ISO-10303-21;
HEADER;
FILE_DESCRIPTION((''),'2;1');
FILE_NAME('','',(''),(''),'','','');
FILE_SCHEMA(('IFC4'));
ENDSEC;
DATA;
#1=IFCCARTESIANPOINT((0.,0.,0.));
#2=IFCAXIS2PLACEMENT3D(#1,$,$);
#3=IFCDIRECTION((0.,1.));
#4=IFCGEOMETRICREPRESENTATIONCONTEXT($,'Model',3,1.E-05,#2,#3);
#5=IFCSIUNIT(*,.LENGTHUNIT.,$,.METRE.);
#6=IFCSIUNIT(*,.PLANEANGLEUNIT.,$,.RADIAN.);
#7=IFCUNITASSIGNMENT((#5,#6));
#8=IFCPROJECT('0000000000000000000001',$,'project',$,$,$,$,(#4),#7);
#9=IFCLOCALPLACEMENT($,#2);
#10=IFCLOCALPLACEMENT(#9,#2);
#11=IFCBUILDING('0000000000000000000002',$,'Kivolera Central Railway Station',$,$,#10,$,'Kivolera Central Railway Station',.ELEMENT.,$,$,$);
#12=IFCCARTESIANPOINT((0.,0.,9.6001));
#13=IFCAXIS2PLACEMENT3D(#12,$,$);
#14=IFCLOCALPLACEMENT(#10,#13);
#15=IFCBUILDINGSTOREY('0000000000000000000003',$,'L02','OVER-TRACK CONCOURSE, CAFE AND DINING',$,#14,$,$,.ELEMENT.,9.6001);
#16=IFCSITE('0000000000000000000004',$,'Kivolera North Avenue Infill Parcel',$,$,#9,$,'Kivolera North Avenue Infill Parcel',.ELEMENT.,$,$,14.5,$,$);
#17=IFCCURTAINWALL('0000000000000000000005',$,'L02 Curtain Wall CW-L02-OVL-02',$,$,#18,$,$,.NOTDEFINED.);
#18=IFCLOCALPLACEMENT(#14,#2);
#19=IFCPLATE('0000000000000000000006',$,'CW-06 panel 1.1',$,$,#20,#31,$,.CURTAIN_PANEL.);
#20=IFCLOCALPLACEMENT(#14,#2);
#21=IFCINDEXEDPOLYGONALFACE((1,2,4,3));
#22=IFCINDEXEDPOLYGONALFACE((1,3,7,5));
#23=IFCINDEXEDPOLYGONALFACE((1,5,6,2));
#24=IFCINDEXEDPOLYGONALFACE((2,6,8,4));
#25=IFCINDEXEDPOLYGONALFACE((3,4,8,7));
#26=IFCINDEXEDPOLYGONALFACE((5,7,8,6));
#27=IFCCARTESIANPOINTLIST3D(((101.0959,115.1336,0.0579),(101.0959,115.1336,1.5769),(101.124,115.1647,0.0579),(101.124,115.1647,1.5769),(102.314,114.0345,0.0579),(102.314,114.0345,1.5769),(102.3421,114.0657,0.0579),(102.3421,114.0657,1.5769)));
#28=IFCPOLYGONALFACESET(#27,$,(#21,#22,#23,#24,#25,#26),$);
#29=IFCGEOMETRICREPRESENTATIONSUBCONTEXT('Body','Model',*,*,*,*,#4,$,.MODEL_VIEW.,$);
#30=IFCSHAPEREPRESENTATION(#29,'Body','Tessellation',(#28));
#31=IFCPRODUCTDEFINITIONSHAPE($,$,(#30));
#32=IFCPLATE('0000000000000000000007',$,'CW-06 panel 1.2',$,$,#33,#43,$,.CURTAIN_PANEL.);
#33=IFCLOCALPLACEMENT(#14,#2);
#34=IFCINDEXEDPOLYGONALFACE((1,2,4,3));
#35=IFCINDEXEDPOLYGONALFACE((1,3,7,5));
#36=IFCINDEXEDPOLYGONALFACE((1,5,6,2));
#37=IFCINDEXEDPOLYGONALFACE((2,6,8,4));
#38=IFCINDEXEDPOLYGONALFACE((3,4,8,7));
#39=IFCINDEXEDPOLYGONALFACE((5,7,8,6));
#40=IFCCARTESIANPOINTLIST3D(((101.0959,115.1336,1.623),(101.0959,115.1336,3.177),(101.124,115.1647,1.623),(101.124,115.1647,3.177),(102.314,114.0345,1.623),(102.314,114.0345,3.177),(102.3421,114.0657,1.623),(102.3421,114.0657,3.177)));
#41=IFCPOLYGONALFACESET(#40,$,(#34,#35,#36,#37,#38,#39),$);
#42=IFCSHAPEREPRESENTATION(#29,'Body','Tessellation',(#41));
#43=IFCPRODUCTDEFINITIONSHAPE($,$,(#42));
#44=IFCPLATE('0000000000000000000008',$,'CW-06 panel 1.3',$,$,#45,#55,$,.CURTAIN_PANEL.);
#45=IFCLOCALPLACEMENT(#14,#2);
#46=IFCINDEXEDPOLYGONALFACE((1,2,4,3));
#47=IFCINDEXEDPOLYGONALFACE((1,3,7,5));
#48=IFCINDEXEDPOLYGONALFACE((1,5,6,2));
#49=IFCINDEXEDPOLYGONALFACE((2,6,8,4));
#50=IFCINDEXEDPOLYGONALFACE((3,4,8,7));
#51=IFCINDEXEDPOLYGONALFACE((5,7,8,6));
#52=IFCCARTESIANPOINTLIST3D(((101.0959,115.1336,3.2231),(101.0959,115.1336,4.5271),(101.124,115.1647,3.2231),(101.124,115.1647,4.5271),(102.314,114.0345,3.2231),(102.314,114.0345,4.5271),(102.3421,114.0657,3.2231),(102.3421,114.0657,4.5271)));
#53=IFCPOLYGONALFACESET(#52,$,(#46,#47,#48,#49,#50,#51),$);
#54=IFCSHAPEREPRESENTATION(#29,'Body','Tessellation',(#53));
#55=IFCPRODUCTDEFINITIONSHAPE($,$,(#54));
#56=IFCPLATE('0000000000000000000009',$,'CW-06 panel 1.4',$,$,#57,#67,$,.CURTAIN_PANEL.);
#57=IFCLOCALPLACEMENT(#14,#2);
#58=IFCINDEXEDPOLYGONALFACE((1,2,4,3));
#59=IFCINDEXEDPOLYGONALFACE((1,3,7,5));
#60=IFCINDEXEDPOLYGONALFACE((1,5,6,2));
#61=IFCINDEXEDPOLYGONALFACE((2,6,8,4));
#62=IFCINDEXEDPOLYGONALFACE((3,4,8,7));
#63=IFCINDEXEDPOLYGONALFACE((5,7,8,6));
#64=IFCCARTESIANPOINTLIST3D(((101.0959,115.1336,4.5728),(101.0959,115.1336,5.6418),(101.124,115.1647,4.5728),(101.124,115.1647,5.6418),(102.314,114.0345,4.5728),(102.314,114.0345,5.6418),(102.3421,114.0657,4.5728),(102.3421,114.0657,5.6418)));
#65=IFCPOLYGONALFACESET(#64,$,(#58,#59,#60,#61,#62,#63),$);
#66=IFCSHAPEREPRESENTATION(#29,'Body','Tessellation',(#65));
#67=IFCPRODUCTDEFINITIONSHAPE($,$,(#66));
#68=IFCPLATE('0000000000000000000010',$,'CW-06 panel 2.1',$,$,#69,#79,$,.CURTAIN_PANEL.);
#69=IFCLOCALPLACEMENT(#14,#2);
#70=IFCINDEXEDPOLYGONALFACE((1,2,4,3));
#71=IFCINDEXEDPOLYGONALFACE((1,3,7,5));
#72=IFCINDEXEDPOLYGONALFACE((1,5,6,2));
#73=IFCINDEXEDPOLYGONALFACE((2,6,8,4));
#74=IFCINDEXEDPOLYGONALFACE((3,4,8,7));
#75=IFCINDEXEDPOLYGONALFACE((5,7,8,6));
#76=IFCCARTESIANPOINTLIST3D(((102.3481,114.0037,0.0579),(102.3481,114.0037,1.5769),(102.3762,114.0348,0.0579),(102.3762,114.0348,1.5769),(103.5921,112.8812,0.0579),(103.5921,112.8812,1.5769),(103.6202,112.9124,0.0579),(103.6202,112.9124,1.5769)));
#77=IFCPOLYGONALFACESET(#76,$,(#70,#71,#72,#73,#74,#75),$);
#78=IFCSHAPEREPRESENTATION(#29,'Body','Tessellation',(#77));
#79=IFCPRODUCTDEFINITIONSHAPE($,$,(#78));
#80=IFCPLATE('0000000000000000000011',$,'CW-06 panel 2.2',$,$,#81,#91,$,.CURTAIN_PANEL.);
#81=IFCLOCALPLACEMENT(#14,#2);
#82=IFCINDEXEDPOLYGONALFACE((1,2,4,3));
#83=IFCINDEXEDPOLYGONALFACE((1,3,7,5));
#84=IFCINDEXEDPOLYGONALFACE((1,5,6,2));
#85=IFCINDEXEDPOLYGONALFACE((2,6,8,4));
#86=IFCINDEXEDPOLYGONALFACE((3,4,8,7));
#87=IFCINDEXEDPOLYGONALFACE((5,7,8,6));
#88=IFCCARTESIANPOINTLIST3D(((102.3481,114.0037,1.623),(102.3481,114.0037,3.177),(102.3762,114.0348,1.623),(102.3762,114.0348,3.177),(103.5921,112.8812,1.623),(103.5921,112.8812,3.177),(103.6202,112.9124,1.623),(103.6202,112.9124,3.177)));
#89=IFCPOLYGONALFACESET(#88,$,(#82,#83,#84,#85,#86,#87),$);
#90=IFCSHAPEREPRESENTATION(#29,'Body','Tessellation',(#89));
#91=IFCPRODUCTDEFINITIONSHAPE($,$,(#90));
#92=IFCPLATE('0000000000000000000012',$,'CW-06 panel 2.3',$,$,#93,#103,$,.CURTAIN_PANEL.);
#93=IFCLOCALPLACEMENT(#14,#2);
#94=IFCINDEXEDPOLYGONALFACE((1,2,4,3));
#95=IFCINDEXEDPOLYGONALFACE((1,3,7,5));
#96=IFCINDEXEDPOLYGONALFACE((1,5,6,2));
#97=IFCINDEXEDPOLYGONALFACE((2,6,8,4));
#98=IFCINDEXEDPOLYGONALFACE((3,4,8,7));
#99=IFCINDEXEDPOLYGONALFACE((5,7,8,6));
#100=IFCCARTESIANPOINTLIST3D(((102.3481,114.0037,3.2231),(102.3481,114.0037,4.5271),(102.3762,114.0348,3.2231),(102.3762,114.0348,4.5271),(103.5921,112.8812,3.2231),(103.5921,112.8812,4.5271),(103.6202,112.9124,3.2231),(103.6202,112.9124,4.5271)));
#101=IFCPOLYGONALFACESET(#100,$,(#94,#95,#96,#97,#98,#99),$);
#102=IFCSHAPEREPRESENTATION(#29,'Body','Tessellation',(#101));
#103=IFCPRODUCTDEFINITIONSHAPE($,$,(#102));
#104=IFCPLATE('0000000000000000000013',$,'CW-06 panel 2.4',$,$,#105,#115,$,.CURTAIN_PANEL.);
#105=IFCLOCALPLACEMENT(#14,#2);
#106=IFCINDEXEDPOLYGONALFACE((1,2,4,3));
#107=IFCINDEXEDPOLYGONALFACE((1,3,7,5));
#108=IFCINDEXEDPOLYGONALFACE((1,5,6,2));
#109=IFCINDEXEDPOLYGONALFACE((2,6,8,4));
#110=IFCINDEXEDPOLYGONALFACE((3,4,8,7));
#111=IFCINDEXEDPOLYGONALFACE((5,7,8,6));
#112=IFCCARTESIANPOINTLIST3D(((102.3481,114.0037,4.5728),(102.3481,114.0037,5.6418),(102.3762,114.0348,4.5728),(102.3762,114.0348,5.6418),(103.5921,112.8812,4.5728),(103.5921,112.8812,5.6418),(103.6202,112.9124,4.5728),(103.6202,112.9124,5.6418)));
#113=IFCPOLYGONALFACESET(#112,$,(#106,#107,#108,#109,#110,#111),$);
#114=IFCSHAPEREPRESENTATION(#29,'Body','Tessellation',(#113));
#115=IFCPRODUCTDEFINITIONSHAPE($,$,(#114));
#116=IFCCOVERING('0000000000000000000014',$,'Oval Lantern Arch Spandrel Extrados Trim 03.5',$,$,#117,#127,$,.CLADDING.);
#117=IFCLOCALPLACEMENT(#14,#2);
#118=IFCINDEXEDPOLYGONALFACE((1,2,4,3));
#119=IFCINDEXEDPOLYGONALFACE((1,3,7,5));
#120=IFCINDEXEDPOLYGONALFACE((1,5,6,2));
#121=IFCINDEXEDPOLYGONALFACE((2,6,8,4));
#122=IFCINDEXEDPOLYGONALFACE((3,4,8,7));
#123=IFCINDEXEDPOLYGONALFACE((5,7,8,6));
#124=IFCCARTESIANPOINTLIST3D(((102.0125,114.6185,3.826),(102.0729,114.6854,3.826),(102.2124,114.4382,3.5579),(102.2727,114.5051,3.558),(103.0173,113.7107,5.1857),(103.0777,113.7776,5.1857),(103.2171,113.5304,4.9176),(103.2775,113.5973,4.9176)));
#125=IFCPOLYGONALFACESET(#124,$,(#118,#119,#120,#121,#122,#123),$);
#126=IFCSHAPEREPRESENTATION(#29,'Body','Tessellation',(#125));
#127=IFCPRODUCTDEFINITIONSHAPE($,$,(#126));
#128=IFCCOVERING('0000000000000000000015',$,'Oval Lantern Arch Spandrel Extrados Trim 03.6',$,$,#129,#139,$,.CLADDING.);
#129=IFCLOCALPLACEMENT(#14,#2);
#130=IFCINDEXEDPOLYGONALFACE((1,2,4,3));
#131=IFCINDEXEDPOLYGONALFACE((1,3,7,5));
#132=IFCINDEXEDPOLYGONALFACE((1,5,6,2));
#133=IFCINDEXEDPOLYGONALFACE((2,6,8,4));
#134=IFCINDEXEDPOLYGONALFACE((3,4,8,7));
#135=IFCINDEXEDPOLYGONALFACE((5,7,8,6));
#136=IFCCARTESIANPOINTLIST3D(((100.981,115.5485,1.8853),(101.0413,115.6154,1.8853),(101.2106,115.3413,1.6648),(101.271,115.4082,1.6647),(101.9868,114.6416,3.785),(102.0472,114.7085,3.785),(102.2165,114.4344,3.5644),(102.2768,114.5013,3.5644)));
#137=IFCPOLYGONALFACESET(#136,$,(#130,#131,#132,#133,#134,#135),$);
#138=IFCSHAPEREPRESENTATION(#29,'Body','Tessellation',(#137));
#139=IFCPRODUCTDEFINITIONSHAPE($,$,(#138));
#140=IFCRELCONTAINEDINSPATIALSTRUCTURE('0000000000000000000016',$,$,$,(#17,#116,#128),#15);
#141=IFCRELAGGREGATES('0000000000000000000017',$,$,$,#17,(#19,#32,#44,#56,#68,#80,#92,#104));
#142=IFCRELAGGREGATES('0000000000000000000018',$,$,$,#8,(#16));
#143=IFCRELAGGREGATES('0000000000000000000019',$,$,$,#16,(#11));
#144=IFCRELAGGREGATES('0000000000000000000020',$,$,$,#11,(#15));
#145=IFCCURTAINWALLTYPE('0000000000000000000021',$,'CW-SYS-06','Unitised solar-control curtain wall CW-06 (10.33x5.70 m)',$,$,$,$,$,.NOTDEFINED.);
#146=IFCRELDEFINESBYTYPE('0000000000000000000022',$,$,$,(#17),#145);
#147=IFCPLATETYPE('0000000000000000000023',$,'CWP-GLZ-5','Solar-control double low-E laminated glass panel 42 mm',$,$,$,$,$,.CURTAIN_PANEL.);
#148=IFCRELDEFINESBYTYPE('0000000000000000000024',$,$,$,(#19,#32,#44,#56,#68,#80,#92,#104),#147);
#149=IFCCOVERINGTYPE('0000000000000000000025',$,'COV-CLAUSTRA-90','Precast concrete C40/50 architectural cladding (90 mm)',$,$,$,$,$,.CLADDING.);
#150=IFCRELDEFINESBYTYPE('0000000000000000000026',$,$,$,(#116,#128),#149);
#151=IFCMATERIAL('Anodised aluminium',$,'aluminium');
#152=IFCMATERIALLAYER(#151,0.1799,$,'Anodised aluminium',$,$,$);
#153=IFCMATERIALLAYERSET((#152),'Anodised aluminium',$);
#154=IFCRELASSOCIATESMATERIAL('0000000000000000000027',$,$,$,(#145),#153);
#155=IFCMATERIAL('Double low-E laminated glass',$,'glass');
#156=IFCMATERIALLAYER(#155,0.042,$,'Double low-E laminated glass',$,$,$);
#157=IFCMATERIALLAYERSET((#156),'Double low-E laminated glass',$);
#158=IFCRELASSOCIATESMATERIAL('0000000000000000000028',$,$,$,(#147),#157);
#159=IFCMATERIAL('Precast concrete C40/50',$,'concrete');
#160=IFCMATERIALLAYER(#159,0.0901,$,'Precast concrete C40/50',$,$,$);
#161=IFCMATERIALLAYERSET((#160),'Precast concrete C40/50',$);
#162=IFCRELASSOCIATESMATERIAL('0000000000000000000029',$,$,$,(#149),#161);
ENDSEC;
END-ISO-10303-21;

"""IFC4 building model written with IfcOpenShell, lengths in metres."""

from ifc_helpers import new_model, si_unit, direction, frame, origin, origin_2d, place, context, subcontext, project, spatial, rectangle, extrude, material, layer, layer_set, type_object, element, aggregate, save


model = new_model("IFC4")

# Units and contexts
model_context = context("Model", 3, precision=1e-05, world=origin(), true_north=direction((0.0, 1.0)))
body_context = subcontext(model_context, "Body", "Model", "MODEL_VIEW")
ifc_project = project(units=[si_unit("LENGTHUNIT", "METRE"), si_unit("PLANEANGLEUNIT", "RADIAN")], contexts=[model_context])

# Site, building, storey
site_placement = place(None, origin())
site = spatial("IfcSite", under=ifc_project, at=site_placement, Name="Kivolera North Avenue Infill Parcel", LongName="Kivolera North Avenue Infill Parcel", CompositionType="ELEMENT", RefElevation=14.5)
building_placement = place(site_placement, origin())
building = spatial("IfcBuilding", under=site, at=building_placement, Name="Kivolera Central Railway Station", LongName="Kivolera Central Railway Station", CompositionType="ELEMENT")
storey_placement = place(building_placement, frame((0.0, 0.0, 9.6001)))
storey = spatial("IfcBuildingStorey", under=building, at=storey_placement, Name="L02", Description="OVER-TRACK CONCOURSE, CAFE AND DINING", CompositionType="ELEMENT", Elevation=9.6001)

# Curtain wall
ifc_material_1 = material(Name="Anodised aluminium", Category="aluminium")
ifc_layer_1 = layer(ifc_material_1, 0.1799, Name="Anodised aluminium")
ifc_layer_set_1 = layer_set([ifc_layer_1], Name="Anodised aluminium")
curtain_wall_type_1 = type_object("IfcCurtainWallType", Name="CW-SYS-06", Description="Unitised solar-control curtain wall CW-06 (10.33x5.70 m)", PredefinedType="NOTDEFINED", material=ifc_layer_set_1)
curtain_wall_1_placement = place(storey_placement, origin())
curtain_wall_1 = element("IfcCurtainWall", 1, at=curtain_wall_1_placement, inside=storey, type_object=curtain_wall_type_1, Name="L02 Curtain Wall CW-L02-OVL-02", PredefinedType="NOTDEFINED")

# Plates
ifc_material_2 = material(Name="Double low-E laminated glass", Category="glass")
ifc_layer_2 = layer(ifc_material_2, 0.042, Name="Double low-E laminated glass")
ifc_layer_set_2 = layer_set([ifc_layer_2], Name="Double low-E laminated glass")
plate_type = type_object("IfcPlateType", Name="CWP-GLZ-5", Description="Solar-control double low-E laminated glass panel 42 mm", PredefinedType="CURTAIN_PANEL", material=ifc_layer_set_2)
plate_1_placement = place(storey_placement, frame((101.719, 114.5996, 0.0579), z_axis=(0.0, 0.0, 1.0), x_axis=(0.742432, -0.669922, 0.0)))
plate_1 = element("IfcPlate", 2, at=plate_1_placement, type_object=plate_type, Name="CW-06 panel 1.1", PredefinedType="CURTAIN_PANEL", context=body_context, shape_type="SweptSolid", body=[
    extrude(rectangle(XDim=1.6406, YDim=0.042, at=origin_2d()), origin(), (0.0, 0.0, 1.0), 1.519),
])
plate_2_placement = place(storey_placement, frame((101.719, 114.5996, 1.623), z_axis=(0.0, 0.0, 1.0), x_axis=(0.742432, -0.669922, 0.0)))
plate_2 = element("IfcPlate", 3, at=plate_2_placement, type_object=plate_type, Name="CW-06 panel 1.2", PredefinedType="CURTAIN_PANEL", context=body_context, shape_type="SweptSolid", body=[
    extrude(rectangle(XDim=1.6406, YDim=0.042, at=origin_2d()), origin(), (0.0, 0.0, 1.0), 1.554),
])
plate_3_placement = place(storey_placement, frame((101.719, 114.5996, 3.2231), z_axis=(0.0, 0.0, 1.0), x_axis=(0.742432, -0.669922, 0.0)))
plate_3 = element("IfcPlate", 4, at=plate_3_placement, type_object=plate_type, Name="CW-06 panel 1.3", PredefinedType="CURTAIN_PANEL", context=body_context, shape_type="SweptSolid", body=[
    extrude(rectangle(XDim=1.6406, YDim=0.042, at=origin_2d()), origin(), (0.0, 0.0, 1.0), 1.304),
])
plate_4_placement = place(storey_placement, frame((101.719, 114.5996, 4.5728), z_axis=(0.0, 0.0, 1.0), x_axis=(0.742432, -0.669922, 0.0)))
plate_4 = element("IfcPlate", 5, at=plate_4_placement, type_object=plate_type, Name="CW-06 panel 1.4", PredefinedType="CURTAIN_PANEL", context=body_context, shape_type="SweptSolid", body=[
    extrude(rectangle(XDim=1.6406, YDim=0.042, at=origin_2d()), origin(), (0.0, 0.0, 1.0), 1.0691),
])
plate_5_placement = place(storey_placement, frame((102.9841, 113.458, 0.0579), z_axis=(0.0, 0.0, 1.0), x_axis=(0.742432, -0.669922, 0.0)))
plate_5 = element("IfcPlate", 6, at=plate_5_placement, type_object=plate_type, Name="CW-06 panel 2.1", PredefinedType="CURTAIN_PANEL", context=body_context, shape_type="SweptSolid", body=[
    extrude(rectangle(XDim=1.6755, YDim=0.042, at=origin_2d()), origin(), (0.0, 0.0, 1.0), 1.519),
])
plate_6_placement = place(storey_placement, frame((102.9841, 113.458, 1.623), z_axis=(0.0, 0.0, 1.0), x_axis=(0.742432, -0.669922, 0.0)))
plate_6 = element("IfcPlate", 7, at=plate_6_placement, type_object=plate_type, Name="CW-06 panel 2.2", PredefinedType="CURTAIN_PANEL", context=body_context, shape_type="SweptSolid", body=[
    extrude(rectangle(XDim=1.6755, YDim=0.042, at=origin_2d()), origin(), (0.0, 0.0, 1.0), 1.554),
])
plate_7_placement = place(storey_placement, frame((102.9841, 113.458, 3.2231), z_axis=(0.0, 0.0, 1.0), x_axis=(0.742432, -0.669922, 0.0)))
plate_7 = element("IfcPlate", 8, at=plate_7_placement, type_object=plate_type, Name="CW-06 panel 2.3", PredefinedType="CURTAIN_PANEL", context=body_context, shape_type="SweptSolid", body=[
    extrude(rectangle(XDim=1.6755, YDim=0.042, at=origin_2d()), origin(), (0.0, 0.0, 1.0), 1.304),
])
plate_8_placement = place(storey_placement, frame((102.9841, 113.458, 4.5728), z_axis=(0.0, 0.0, 1.0), x_axis=(0.742432, -0.669922, 0.0)))
plate_8 = element("IfcPlate", 9, at=plate_8_placement, type_object=plate_type, Name="CW-06 panel 2.4", PredefinedType="CURTAIN_PANEL", context=body_context, shape_type="SweptSolid", body=[
    extrude(rectangle(XDim=1.6755, YDim=0.042, at=origin_2d()), origin(), (0.0, 0.0, 1.0), 1.0691),
])
aggregate(curtain_wall_1, [plate_1, plate_2, plate_3, plate_4, plate_5, plate_6, plate_7, plate_8])

# Coverings
ifc_material_3 = material(Name="Precast concrete C40/50", Category="concrete")
ifc_layer_3 = layer(ifc_material_3, 0.0901, Name="Precast concrete C40/50")
ifc_layer_set_3 = layer_set([ifc_layer_3], Name="Precast concrete C40/50")
covering_type = type_object("IfcCoveringType", Name="COV-CLAUSTRA-90", Description="Precast concrete C40/50 architectural cladding (90 mm)", PredefinedType="CLADDING", material=ifc_layer_set_3)
covering_1_placement = place(storey_placement, frame((102.645, 114.1079, 4.3718), z_axis=(-0.523602, 0.473065, -0.708555), x_axis=(0.669922, 0.742431, 0.0)))
element("IfcCovering", 10, at=covering_1_placement, inside=storey, type_object=covering_type, Name="Oval Lantern Arch Spandrel Extrados Trim 03.5", PredefinedType="CLADDING", context=body_context, shape_type="SweptSolid", body=[
    extrude(rectangle(XDim=0.0901, YDim=0.3799, at=origin_2d()), frame((0.0, 0.0, -0.9595)), (0.0, 0.0, 1.0), 1.9189),
])
covering_2_placement = place(storey_placement, frame((101.6289, 115.0249, 2.7249), z_axis=(-0.431133, 0.388706, -0.814268), x_axis=(0.669922, 0.742431, 0.0)))
element("IfcCovering", 11, at=covering_2_placement, inside=storey, type_object=covering_type, Name="Oval Lantern Arch Spandrel Extrados Trim 03.6", PredefinedType="CLADDING", context=body_context, shape_type="SweptSolid", body=[
    extrude(rectangle(XDim=0.0901, YDim=0.3799, at=origin_2d()), frame((0.0, 0.0, -1.1665)), (0.0, 0.0, 1.0), 2.333),
])

save(model, "model.ifc")
